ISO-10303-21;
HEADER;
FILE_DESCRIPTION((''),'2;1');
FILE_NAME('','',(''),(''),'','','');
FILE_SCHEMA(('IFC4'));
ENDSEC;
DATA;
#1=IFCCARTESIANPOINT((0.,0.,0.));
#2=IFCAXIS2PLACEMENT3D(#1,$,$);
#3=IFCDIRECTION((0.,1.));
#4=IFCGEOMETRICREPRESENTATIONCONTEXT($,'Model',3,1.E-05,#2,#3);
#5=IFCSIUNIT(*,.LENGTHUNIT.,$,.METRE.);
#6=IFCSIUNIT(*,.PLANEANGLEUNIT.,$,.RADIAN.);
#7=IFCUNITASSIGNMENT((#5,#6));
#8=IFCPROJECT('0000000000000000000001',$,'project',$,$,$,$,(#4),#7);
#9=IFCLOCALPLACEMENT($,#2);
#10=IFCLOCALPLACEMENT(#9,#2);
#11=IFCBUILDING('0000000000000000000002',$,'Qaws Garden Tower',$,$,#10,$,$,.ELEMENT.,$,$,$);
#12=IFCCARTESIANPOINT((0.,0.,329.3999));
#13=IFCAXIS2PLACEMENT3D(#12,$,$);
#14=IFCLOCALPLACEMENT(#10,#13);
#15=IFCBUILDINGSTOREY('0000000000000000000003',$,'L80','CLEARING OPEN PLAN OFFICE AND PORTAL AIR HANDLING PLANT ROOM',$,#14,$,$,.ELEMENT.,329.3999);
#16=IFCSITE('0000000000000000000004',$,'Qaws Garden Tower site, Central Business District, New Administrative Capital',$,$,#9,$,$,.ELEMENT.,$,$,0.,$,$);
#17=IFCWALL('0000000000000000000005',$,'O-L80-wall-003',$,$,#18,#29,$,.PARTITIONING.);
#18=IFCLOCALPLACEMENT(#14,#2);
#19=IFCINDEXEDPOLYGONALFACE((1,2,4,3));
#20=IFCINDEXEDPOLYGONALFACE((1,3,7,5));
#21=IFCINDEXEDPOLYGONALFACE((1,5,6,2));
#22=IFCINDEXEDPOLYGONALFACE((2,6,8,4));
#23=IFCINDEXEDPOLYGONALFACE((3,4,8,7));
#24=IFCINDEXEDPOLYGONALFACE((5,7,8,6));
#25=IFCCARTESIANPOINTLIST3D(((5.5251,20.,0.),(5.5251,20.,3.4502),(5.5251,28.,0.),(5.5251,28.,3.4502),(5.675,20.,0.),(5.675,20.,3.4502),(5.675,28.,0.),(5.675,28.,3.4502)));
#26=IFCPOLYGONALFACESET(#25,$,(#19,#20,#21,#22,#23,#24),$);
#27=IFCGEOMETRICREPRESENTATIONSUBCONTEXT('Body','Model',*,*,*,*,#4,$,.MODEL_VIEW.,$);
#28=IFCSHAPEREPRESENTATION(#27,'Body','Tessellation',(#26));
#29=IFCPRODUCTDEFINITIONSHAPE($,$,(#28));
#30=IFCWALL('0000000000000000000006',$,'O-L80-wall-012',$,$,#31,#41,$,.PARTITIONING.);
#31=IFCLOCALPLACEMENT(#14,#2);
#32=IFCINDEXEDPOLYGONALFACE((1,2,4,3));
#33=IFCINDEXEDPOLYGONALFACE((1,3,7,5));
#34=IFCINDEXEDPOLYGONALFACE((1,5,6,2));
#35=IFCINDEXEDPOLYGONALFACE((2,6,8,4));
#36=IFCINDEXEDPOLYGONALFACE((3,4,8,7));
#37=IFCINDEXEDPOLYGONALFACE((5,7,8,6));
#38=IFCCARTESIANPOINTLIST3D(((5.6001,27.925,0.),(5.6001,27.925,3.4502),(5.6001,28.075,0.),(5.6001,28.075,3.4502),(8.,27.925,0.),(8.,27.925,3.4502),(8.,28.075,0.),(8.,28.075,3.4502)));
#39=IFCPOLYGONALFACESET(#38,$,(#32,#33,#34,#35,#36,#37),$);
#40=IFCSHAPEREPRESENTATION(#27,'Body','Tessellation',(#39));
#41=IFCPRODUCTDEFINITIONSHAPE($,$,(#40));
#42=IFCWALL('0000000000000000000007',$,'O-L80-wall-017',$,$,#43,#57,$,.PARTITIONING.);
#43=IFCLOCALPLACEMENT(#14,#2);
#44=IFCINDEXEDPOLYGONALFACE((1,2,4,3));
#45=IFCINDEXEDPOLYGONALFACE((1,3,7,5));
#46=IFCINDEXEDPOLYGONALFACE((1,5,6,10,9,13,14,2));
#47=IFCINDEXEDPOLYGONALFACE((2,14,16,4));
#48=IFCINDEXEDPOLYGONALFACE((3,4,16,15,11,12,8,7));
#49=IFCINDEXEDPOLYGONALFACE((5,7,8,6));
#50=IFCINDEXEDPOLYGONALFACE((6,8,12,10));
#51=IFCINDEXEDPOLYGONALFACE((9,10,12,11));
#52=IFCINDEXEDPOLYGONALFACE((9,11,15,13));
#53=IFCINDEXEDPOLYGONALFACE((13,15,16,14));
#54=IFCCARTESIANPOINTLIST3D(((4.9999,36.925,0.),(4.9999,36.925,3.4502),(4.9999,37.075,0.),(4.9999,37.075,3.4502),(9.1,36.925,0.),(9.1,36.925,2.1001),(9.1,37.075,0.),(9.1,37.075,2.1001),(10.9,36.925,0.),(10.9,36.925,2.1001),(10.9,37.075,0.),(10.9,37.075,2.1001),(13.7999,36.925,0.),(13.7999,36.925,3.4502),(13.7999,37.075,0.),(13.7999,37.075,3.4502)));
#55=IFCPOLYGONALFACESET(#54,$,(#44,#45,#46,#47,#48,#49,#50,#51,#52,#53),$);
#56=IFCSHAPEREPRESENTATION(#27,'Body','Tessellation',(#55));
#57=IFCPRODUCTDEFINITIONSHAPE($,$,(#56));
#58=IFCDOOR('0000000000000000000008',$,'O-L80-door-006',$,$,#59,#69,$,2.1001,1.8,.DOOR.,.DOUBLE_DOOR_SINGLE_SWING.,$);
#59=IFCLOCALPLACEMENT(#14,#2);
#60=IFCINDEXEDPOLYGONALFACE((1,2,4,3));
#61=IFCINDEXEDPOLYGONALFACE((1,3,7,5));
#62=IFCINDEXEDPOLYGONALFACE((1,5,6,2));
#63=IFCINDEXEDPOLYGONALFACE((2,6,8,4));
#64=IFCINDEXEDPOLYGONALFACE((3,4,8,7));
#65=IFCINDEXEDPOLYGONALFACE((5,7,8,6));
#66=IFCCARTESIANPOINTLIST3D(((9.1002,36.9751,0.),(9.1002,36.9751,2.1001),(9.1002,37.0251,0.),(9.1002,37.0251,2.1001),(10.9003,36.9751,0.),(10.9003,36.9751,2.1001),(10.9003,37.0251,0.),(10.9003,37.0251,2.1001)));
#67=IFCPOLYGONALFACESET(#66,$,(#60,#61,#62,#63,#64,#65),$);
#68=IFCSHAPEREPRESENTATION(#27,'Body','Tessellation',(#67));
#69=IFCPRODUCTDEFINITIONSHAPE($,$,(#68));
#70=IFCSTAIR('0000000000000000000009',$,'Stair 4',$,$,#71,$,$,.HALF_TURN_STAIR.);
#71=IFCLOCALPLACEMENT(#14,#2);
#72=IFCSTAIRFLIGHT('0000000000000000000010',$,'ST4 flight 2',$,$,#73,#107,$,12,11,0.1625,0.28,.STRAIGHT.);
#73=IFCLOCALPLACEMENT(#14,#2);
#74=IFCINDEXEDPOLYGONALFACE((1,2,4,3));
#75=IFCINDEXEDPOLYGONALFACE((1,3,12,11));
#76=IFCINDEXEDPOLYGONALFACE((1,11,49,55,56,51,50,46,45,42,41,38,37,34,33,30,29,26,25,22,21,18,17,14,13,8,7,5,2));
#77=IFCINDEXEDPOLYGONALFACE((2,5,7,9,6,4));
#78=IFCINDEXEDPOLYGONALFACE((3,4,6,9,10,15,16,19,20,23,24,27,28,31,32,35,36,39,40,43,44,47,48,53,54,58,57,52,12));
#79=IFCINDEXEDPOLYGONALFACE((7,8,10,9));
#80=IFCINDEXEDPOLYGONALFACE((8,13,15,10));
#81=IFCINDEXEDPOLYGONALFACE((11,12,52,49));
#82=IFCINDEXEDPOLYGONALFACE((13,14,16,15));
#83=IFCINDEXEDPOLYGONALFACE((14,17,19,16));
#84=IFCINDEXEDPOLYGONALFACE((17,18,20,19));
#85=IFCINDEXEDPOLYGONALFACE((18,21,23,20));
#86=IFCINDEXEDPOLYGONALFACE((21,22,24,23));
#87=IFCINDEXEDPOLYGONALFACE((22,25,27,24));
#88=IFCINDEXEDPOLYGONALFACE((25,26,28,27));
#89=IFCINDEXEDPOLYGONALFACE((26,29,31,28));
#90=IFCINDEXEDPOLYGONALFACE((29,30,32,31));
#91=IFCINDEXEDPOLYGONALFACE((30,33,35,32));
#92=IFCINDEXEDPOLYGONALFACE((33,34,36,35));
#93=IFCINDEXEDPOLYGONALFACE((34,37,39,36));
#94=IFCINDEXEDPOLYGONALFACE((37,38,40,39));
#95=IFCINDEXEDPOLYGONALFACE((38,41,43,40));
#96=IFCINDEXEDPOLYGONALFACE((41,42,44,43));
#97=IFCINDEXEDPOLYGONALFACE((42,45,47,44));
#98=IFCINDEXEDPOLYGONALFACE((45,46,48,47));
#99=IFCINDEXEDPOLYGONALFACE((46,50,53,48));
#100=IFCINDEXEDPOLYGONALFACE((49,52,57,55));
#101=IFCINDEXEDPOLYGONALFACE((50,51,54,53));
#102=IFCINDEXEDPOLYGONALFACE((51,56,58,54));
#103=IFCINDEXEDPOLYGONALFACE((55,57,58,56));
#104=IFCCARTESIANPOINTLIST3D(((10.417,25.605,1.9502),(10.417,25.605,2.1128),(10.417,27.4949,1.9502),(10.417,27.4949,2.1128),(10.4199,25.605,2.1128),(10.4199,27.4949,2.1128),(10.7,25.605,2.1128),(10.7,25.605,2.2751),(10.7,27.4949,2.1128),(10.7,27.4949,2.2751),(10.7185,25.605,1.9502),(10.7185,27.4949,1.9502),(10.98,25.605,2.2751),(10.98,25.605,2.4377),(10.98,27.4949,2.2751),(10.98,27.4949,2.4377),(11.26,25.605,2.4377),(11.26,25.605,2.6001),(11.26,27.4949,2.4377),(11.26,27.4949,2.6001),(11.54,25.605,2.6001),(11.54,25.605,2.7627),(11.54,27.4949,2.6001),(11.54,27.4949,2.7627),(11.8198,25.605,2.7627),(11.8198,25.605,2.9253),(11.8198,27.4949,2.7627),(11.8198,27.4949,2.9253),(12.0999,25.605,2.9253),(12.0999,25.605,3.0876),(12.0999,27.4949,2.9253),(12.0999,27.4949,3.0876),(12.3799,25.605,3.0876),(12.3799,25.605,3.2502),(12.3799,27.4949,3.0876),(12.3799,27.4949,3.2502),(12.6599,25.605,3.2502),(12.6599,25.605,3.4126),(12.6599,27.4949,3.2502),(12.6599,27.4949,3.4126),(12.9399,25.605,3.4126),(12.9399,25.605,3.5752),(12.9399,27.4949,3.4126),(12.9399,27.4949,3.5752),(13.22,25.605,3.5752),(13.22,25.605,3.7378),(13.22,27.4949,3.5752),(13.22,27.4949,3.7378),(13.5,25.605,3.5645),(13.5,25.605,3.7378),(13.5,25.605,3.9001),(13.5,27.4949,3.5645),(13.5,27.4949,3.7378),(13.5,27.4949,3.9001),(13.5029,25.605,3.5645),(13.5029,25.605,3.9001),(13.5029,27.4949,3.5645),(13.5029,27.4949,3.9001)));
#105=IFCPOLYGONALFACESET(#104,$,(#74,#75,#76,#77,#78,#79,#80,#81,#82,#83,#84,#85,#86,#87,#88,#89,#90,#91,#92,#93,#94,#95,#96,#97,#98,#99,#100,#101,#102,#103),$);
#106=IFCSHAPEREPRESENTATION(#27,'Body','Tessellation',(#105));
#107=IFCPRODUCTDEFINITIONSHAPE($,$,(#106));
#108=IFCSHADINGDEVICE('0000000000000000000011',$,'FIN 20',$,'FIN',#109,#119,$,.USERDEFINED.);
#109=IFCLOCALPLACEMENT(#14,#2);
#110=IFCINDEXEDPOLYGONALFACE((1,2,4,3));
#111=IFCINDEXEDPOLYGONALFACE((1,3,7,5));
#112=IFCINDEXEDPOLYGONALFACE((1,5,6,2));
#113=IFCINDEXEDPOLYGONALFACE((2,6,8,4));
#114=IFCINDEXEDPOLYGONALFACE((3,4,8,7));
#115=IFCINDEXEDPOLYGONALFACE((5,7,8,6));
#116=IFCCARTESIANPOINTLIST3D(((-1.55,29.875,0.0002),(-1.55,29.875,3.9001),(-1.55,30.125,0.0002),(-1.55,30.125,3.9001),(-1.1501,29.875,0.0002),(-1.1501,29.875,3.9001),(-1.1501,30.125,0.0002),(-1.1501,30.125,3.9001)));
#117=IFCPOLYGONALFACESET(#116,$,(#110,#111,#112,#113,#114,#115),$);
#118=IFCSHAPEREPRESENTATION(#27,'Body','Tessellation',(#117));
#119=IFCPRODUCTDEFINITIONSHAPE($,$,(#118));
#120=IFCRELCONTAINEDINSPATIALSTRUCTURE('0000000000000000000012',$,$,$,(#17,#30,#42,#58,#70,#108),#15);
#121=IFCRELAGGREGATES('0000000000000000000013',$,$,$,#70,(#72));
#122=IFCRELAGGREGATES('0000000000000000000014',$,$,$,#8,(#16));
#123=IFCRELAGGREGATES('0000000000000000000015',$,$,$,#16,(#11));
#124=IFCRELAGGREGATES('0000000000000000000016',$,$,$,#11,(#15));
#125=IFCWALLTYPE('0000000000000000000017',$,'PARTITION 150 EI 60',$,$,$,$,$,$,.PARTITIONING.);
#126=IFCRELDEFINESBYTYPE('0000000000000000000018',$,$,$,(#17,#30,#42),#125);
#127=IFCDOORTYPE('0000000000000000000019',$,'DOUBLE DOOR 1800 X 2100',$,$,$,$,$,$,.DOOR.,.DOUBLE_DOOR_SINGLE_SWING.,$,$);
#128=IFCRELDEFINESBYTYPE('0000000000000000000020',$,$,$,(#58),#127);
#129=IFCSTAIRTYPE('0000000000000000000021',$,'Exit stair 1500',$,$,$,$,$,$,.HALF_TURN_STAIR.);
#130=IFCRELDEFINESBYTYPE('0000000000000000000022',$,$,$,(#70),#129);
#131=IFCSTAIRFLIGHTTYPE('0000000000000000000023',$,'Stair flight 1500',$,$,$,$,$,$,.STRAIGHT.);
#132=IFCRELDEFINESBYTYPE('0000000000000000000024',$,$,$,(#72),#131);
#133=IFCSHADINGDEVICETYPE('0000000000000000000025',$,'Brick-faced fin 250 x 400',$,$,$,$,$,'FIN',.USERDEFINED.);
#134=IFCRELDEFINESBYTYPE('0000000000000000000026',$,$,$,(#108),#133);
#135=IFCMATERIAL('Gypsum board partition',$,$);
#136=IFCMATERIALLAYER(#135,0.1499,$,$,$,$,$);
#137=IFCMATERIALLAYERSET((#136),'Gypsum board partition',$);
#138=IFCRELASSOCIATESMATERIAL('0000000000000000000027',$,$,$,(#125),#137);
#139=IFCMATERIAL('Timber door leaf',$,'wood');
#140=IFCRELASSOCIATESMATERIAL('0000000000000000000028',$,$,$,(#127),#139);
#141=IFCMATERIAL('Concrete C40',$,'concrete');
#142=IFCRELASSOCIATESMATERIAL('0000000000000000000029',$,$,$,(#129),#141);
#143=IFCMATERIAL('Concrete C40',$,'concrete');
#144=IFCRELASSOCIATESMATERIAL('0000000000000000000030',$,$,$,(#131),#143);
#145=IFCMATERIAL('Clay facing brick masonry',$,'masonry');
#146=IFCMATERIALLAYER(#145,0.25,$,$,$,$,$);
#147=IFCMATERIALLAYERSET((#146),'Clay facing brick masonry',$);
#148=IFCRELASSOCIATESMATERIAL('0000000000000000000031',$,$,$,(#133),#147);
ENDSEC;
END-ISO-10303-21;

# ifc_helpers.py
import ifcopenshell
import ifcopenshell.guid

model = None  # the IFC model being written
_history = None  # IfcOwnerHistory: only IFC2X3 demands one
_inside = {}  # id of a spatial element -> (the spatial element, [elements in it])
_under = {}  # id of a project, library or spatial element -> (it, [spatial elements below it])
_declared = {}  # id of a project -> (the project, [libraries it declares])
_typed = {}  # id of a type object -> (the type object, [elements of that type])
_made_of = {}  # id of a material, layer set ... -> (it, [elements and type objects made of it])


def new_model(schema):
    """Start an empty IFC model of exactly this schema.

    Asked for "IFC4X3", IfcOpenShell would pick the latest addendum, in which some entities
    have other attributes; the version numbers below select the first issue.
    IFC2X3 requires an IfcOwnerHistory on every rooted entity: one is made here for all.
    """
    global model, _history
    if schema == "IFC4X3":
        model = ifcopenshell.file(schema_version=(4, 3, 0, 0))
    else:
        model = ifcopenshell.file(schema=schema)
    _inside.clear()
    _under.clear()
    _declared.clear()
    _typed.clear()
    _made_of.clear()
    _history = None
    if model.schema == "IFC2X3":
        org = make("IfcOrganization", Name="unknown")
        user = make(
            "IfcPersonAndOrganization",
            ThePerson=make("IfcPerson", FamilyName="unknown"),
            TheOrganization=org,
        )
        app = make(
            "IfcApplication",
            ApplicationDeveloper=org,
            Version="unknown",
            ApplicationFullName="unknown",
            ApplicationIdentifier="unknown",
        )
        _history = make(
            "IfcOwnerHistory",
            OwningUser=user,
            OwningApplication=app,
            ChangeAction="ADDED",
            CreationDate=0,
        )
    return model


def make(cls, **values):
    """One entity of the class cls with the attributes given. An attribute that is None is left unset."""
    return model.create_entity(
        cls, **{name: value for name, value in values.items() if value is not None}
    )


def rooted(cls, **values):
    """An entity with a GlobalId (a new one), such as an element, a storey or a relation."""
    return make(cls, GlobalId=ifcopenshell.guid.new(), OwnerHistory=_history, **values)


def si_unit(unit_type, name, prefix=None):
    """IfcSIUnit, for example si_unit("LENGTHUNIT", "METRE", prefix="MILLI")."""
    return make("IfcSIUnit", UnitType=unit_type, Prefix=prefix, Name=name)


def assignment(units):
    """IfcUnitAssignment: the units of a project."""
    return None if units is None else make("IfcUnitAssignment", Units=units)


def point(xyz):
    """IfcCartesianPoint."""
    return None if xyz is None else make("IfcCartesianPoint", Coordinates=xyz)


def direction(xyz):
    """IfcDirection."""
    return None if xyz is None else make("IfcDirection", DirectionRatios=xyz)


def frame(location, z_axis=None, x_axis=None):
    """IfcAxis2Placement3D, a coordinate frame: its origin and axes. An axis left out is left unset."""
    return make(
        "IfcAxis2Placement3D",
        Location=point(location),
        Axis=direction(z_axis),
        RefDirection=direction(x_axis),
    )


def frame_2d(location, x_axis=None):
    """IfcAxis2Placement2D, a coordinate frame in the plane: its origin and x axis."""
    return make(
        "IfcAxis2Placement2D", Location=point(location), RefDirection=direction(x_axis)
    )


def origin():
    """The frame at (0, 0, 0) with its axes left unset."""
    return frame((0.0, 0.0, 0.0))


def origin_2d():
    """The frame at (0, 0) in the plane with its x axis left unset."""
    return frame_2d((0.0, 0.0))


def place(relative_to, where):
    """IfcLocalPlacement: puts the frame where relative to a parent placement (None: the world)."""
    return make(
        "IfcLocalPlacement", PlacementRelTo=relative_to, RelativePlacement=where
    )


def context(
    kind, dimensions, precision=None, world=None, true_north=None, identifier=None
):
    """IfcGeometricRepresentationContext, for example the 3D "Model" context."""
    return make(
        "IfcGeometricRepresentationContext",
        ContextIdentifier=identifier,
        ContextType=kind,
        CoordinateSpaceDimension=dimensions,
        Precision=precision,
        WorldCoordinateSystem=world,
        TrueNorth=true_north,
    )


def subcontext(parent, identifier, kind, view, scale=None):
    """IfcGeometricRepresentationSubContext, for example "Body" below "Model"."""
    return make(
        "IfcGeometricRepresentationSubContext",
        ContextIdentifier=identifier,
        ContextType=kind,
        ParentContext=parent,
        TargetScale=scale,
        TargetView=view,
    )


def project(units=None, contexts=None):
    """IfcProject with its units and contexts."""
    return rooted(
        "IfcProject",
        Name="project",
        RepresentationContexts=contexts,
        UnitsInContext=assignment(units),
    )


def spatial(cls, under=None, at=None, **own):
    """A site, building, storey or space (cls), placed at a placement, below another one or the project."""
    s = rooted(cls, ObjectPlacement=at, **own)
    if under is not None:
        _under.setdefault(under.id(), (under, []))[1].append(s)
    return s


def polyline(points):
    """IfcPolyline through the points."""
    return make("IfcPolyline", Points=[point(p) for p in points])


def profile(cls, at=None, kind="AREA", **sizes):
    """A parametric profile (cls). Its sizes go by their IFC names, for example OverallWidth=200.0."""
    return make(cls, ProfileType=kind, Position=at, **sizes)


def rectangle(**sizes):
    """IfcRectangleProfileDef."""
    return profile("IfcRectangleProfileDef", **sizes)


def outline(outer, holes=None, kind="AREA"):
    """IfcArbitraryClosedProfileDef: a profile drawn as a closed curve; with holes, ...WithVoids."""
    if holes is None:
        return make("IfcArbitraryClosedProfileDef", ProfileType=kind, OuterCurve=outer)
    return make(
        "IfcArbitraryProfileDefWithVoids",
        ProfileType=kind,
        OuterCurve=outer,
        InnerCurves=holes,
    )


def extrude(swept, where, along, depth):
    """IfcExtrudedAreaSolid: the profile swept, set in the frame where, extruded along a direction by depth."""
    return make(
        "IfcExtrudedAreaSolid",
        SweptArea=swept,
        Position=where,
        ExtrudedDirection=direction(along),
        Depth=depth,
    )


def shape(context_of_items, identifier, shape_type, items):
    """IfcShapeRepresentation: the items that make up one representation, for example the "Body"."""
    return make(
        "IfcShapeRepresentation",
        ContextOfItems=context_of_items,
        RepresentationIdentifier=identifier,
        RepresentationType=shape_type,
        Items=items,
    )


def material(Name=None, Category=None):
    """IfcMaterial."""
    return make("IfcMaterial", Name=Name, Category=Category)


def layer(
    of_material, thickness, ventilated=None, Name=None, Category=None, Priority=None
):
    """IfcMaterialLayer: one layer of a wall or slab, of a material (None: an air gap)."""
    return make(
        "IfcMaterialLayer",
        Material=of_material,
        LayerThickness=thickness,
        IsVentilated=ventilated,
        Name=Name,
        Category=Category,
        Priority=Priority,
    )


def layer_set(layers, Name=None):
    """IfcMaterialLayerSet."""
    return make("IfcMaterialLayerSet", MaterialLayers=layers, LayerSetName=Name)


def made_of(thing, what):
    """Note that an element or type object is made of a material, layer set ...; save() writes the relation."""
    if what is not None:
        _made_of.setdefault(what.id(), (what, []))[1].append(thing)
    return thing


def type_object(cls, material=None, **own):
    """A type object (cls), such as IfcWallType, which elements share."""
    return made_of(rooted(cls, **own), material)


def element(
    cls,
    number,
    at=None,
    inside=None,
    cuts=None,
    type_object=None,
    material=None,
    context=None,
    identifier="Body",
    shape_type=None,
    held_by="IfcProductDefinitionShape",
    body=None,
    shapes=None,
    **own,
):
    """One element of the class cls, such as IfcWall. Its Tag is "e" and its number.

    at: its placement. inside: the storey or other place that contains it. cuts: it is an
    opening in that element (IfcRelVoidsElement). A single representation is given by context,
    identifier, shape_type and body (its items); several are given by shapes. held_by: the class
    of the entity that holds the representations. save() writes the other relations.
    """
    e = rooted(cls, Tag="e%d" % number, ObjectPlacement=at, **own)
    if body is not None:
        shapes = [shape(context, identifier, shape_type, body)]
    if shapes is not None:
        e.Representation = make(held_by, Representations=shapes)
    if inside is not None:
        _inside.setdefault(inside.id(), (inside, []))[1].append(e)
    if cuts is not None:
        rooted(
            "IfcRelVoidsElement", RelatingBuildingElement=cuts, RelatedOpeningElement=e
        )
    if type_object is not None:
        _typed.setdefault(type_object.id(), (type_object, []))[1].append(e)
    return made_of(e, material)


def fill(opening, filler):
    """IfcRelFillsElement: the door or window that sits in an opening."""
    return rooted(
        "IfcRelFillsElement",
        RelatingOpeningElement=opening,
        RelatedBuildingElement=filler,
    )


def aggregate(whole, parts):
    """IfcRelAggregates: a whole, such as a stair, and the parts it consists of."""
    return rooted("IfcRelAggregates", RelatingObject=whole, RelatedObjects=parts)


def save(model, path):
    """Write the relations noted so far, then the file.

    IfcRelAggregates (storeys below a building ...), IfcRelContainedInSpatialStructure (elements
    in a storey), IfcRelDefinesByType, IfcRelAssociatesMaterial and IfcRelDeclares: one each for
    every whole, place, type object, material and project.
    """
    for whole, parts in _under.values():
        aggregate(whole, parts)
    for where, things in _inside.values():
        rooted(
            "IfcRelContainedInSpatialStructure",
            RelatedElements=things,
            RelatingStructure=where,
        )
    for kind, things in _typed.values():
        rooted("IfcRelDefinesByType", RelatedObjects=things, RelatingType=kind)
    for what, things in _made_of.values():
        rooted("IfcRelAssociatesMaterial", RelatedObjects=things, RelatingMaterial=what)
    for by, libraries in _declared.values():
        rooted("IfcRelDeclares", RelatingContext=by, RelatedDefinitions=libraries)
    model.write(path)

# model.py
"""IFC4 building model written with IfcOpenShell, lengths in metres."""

from ifc_helpers import new_model, si_unit, direction, frame, frame_2d, origin, origin_2d, place, context, subcontext, project, spatial, polyline, rectangle, outline, extrude, material, layer, layer_set, type_object, element, fill, aggregate, save


model = new_model("IFC4")

# Units and contexts
model_context = context("Model", 3, precision=1e-05, world=origin(), true_north=direction((0.0, 1.0)))
body_context = subcontext(model_context, "Body", "Model", "MODEL_VIEW")
ifc_project = project(units=[si_unit("LENGTHUNIT", "METRE"), si_unit("PLANEANGLEUNIT", "RADIAN")], contexts=[model_context])

# Site, building, storey
site_placement = place(None, origin())
site = spatial("IfcSite", under=ifc_project, at=site_placement, Name="Qaws Garden Tower site, Central Business District, New Administrative Capital", CompositionType="ELEMENT", RefElevation=0.0)
building_placement = place(site_placement, origin())
building = spatial("IfcBuilding", under=site, at=building_placement, Name="Qaws Garden Tower", CompositionType="ELEMENT")
storey_placement = place(building_placement, frame((0.0, 0.0, 329.3999)))
storey = spatial("IfcBuildingStorey", under=building, at=storey_placement, Name="L80", Description="CLEARING OPEN PLAN OFFICE AND PORTAL AIR HANDLING PLANT ROOM", CompositionType="ELEMENT", Elevation=329.3999)

# Shared definitions
placement = place(storey_placement, origin())

# Walls
ifc_material_1 = material(Name="Gypsum board partition")
ifc_layer_1 = layer(ifc_material_1, 0.1499)
ifc_layer_set_1 = layer_set([ifc_layer_1], Name="Gypsum board partition")
wall_type_1 = type_object("IfcWallType", Name="PARTITION 150 EI 60", PredefinedType="PARTITIONING", material=ifc_layer_set_1)
wall_1_placement = place(storey_placement, frame((5.6001, 20.0, 0.0), z_axis=(0.0, 0.0, 1.0), x_axis=(0.0, 1.0, 0.0)))
element("IfcWall", 1, at=wall_1_placement, inside=storey, type_object=wall_type_1, Name="O-L80-wall-003", PredefinedType="PARTITIONING", context=body_context, shape_type="SweptSolid", body=[
    extrude(rectangle(XDim=8.0, YDim=0.1499, at=frame_2d((4.0, 0.0))), origin(), (0.0, 0.0, 1.0), 3.4502),
])
wall_2_placement = place(storey_placement, frame((5.6001, 28.0, 0.0), z_axis=(0.0, 0.0, 1.0), x_axis=(1.0, 0.0, 0.0)))
element("IfcWall", 2, at=wall_2_placement, inside=storey, type_object=wall_type_1, Name="O-L80-wall-012", PredefinedType="PARTITIONING", context=body_context, shape_type="SweptSolid", body=[
    extrude(rectangle(XDim=2.3999, YDim=0.1499, at=frame_2d((1.2, 0.0))), origin(), (0.0, 0.0, 1.0), 3.4502),
])

# Wall, opening, door
wall_3_placement = place(storey_placement, frame((5.0, 37.0, 0.0), z_axis=(0.0, 0.0, 1.0), x_axis=(1.0, 0.0, 0.0)))
wall_3 = element("IfcWall", 3, at=wall_3_placement, inside=storey, type_object=wall_type_1, Name="O-L80-wall-017", PredefinedType="PARTITIONING", context=body_context, shape_type="SweptSolid", body=[
    extrude(rectangle(XDim=8.8, YDim=0.1499, at=frame_2d((4.3999, 0.0))), origin(), (0.0, 0.0, 1.0), 3.4502),
])
opening_placement = place(wall_3_placement, frame((4.1001, 0.0, 0.0)))
opening = element("IfcOpeningElement", 4, at=opening_placement, cuts=wall_3, PredefinedType="OPENING", context=body_context, shape_type="SweptSolid", body=[
    extrude(rectangle(XDim=1.8, YDim=2.1001, at=frame_2d((0.8999, 1.05))), frame((0.0, 0.085, 0.0), z_axis=(0.0, -1.0, 0.0), x_axis=(1.0, 0.0, 0.0)), (0.0, 0.0, 1.0), 0.1699),
])
ifc_material_2 = material(Name="Timber door leaf", Category="wood")
door_type = type_object("IfcDoorType", Name="DOUBLE DOOR 1800 X 2100", OperationType="DOUBLE_DOOR_SINGLE_SWING", PredefinedType="DOOR", material=ifc_material_2)
door_placement = place(opening_placement, frame((1.8, 0.0, 0.0), z_axis=(0.0, 0.0, 1.0), x_axis=(-1.0, 0.0, 0.0)))
door = element("IfcDoor", 5, at=door_placement, inside=storey, type_object=door_type, Name="O-L80-door-006", OperationType="DOUBLE_DOOR_SINGLE_SWING", OverallHeight=2.1001, OverallWidth=1.8, PredefinedType="DOOR", context=body_context, shape_type="SweptSolid", body=[
    extrude(rectangle(XDim=1.8, YDim=2.1001, at=frame_2d((0.8999, 1.05))), frame((0.0, 0.0249, 0.0), z_axis=(0.0, -1.0, 0.0), x_axis=(1.0, 0.0, 0.0)), (0.0, 0.0, 1.0), 0.05),
])
fill(opening, door)

# Stair, stair flight
ifc_material_3 = material(Name="Concrete C40", Category="concrete")
stair_type = type_object("IfcStairType", Name="Exit stair 1500", PredefinedType="HALF_TURN_STAIR", material=ifc_material_3)
stair = element("IfcStair", 6, at=placement, inside=storey, type_object=stair_type, Name="Stair 4", PredefinedType="HALF_TURN_STAIR")
ifc_material_4 = material(Name="Concrete C40", Category="concrete")
stair_flight_type = type_object("IfcStairFlightType", Name="Stair flight 1500", PredefinedType="STRAIGHT", material=ifc_material_4)
stair_flight_placement = place(storey_placement, frame((10.4199, 26.55, 1.9502), z_axis=(0.0, 0.0, 1.0), x_axis=(1.0, 0.0, 0.0)))
stair_flight = element("IfcStairFlight", 7, at=stair_flight_placement, type_object=stair_flight_type, Name="ST4 flight 2", NumberOfRisers=12, NumberOfTreads=11, PredefinedType="STRAIGHT", RiserHeight=0.1625, TreadLength=0.28, context=body_context, shape_type="SweptSolid", body=[
    extrude(outline(polyline([(-0.0029, 0.0), (-0.0029, 0.1626), (0.0, 0.1626), (0.28, 0.1626), (0.28, 0.325), (0.5601, 0.325), (0.5601, 0.4875), (0.8401, 0.4875), (0.8401, 0.6499), (1.1201, 0.6499), (1.1201, 0.8125), (1.3999, 0.8125), (1.3999, 0.9751), (1.6799, 0.9751), (1.6799, 1.1375), (1.96, 1.1375), (1.96, 1.3), (2.24, 1.3), (2.24, 1.4624), (2.52, 1.4624), (2.52, 1.625), (2.8, 1.625), (2.8, 1.7876), (3.0801, 1.7876), (3.0801, 1.95), (3.083, 1.95), (3.083, 1.6143), (3.0801, 1.6143), (0.2986, 0.0), (-0.0029, 0.0)])), frame((0.0, 0.9448, 0.0), z_axis=(0.0, -1.0, 0.0), x_axis=(1.0, 0.0, 0.0)), (0.0, 0.0, 1.0), 1.8899),
])
aggregate(stair, [stair_flight])

# Shading device
ifc_material_5 = material(Name="Clay facing brick masonry", Category="masonry")
ifc_layer_2 = layer(ifc_material_5, 0.25)
ifc_layer_set_2 = layer_set([ifc_layer_2], Name="Clay facing brick masonry")
shading_device_type = type_object("IfcShadingDeviceType", Name="Brick-faced fin 250 x 400", ElementType="FIN", PredefinedType="USERDEFINED", material=ifc_layer_set_2)
shading_device_placement = place(storey_placement, frame((-1.3501, 30.0, 0.0002), z_axis=(0.0, 0.0, 1.0), x_axis=(0.0, -1.0, 0.0)))
element("IfcShadingDevice", 8, at=shading_device_placement, inside=storey, type_object=shading_device_type, Name="FIN 20", ObjectType="FIN", PredefinedType="USERDEFINED", context=body_context, shape_type="SweptSolid", body=[
    extrude(rectangle(XDim=0.25, YDim=0.3999, at=origin_2d()), origin(), (0.0, 0.0, 1.0), 3.8999),
])

save(model, "model.ifc")
